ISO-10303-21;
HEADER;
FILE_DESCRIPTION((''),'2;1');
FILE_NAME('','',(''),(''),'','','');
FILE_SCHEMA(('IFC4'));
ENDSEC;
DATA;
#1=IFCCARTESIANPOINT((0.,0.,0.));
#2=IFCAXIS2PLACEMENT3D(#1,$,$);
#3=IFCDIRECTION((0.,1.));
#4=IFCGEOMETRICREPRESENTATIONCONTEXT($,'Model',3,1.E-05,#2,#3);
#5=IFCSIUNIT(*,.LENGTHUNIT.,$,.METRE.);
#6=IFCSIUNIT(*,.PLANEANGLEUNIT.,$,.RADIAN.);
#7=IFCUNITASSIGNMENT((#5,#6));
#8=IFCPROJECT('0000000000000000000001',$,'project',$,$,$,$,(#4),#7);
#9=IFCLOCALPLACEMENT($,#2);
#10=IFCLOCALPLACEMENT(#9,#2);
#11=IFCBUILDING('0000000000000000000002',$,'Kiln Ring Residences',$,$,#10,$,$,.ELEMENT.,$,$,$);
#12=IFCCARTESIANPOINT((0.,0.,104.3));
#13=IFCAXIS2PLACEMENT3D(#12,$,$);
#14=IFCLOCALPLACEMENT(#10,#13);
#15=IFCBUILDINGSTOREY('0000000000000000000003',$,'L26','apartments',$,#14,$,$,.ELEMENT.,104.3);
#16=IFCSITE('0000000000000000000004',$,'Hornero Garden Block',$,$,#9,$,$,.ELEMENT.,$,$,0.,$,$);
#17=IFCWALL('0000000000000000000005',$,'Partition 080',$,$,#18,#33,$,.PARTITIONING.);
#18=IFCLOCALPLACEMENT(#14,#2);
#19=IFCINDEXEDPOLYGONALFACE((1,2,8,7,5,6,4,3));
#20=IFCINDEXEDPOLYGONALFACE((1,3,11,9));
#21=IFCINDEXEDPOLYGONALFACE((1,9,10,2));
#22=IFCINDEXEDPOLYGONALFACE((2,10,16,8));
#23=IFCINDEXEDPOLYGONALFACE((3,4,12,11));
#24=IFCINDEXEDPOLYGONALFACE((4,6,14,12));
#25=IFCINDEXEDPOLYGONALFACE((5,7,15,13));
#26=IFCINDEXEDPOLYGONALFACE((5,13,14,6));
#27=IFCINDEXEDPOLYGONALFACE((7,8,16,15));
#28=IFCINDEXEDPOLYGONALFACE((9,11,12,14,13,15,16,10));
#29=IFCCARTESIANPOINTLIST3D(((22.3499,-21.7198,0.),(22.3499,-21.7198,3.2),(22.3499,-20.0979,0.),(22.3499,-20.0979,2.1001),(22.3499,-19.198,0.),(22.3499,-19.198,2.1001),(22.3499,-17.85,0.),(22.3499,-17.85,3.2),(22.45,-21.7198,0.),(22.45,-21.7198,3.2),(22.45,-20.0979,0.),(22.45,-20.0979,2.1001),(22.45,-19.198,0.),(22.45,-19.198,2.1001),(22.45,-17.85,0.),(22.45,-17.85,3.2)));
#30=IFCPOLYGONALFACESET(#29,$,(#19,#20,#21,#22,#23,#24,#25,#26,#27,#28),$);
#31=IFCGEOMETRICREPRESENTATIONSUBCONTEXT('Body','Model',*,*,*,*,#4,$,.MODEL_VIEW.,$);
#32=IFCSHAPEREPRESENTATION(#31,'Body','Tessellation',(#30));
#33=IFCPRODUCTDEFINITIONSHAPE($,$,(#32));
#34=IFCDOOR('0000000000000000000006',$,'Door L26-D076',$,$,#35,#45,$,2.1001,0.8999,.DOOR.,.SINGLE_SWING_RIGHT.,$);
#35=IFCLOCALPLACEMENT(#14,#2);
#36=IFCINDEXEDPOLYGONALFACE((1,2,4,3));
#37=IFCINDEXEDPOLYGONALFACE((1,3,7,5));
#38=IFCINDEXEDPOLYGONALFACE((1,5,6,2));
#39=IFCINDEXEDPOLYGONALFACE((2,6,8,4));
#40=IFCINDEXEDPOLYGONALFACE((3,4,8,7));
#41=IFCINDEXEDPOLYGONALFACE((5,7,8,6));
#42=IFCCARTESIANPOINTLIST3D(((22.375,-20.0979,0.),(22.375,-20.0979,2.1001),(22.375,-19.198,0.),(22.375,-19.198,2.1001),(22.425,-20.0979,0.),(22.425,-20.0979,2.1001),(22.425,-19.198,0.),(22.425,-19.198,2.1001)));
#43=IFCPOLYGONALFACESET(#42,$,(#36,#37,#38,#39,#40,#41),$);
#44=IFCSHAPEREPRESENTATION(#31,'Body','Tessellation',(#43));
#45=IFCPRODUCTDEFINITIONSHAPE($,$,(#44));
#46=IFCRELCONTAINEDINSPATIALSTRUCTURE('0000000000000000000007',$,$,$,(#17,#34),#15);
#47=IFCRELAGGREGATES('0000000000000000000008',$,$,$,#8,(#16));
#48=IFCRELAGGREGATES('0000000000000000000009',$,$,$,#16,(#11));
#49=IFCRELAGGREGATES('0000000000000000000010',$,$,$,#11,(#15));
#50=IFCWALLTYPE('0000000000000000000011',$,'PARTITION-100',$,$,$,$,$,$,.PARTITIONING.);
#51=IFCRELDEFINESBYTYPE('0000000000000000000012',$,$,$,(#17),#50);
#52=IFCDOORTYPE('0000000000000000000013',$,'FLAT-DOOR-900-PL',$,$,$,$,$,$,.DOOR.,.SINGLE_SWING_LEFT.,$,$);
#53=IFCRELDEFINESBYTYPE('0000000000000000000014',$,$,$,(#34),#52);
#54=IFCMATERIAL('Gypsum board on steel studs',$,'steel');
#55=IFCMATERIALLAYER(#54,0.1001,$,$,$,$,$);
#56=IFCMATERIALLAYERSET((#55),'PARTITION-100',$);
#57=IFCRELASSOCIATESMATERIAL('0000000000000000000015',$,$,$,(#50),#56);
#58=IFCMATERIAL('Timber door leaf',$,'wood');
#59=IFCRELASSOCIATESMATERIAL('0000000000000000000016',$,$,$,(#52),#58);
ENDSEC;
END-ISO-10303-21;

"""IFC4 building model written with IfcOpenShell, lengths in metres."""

from ifc_helpers import new_model, si_unit, direction, frame, frame_2d, origin, place, context, subcontext, project, spatial, rectangle, extrude, material, layer, layer_set, type_object, element, fill, save


model = new_model("IFC4")

# Units and contexts
model_context = context("Model", 3, precision=1e-05, world=origin(), true_north=direction((0.0, 1.0)))
body_context = subcontext(model_context, "Body", "Model", "MODEL_VIEW")
ifc_project = project(units=[si_unit("LENGTHUNIT", "METRE"), si_unit("PLANEANGLEUNIT", "RADIAN")], contexts=[model_context])

# Site, building, storey
site_placement = place(None, origin())
site = spatial("IfcSite", under=ifc_project, at=site_placement, Name="Hornero Garden Block", CompositionType="ELEMENT", RefElevation=0.0)
building_placement = place(site_placement, origin())
building = spatial("IfcBuilding", under=site, at=building_placement, Name="Kiln Ring Residences", CompositionType="ELEMENT")
storey_placement = place(building_placement, frame((0.0, 0.0, 104.3)))
storey = spatial("IfcBuildingStorey", under=building, at=storey_placement, Name="L26", Description="apartments", CompositionType="ELEMENT", Elevation=104.3)

# Wall, opening, door
ifc_material_1 = material(Name="Gypsum board on steel studs", Category="steel")
ifc_layer_1 = layer(ifc_material_1, 0.1001)
ifc_layer_set_1 = layer_set([ifc_layer_1], Name="PARTITION-100")
wall_type_1 = type_object("IfcWallType", Name="PARTITION-100", PredefinedType="PARTITIONING", material=ifc_layer_set_1)
wall_1_placement = place(storey_placement, frame((22.3999, -21.72, 0.0), z_axis=(0.0, 0.0, 1.0), x_axis=(0.0, 1.0, 0.0)))
wall_1 = element("IfcWall", 1, at=wall_1_placement, inside=storey, type_object=wall_type_1, Name="Partition 080", PredefinedType="PARTITIONING", context=body_context, shape_type="SweptSolid", body=[
    extrude(rectangle(XDim=3.8699, YDim=0.1001, at=frame_2d((1.9351, 0.0))), origin(), (0.0, 0.0, 1.0), 3.2),
])
opening_1_placement = place(wall_1_placement, frame((1.6221, 0.0, 0.0)))
opening_1 = element("IfcOpeningElement", 2, at=opening_1_placement, cuts=wall_1, PredefinedType="OPENING", context=body_context, shape_type="SweptSolid", body=[
    extrude(rectangle(XDim=0.8999, YDim=2.1001, at=frame_2d((0.45, 1.05))), frame((0.0, 0.0601, 0.0), z_axis=(0.0, -1.0, 0.0), x_axis=(1.0, 0.0, 0.0)), (0.0, 0.0, 1.0), 0.1201),
])
ifc_material_2 = material(Name="Timber door leaf", Category="wood")
door_type = type_object("IfcDoorType", Name="FLAT-DOOR-900-PL", OperationType="SINGLE_SWING_LEFT", PredefinedType="DOOR", material=ifc_material_2)
door_placement = place(opening_1_placement, origin())
door = element("IfcDoor", 3, at=door_placement, inside=storey, type_object=door_type, Name="Door L26-D076", OperationType="SINGLE_SWING_RIGHT", OverallHeight=2.1001, OverallWidth=0.8999, PredefinedType="DOOR", context=body_context, shape_type="SweptSolid", body=[
    extrude(rectangle(XDim=0.8999, YDim=2.1001, at=frame_2d((0.45, 1.05))), frame((0.0, 0.0249, 0.0), z_axis=(0.0, -1.0, 0.0), x_axis=(1.0, 0.0, 0.0)), (0.0, 0.0, 1.0), 0.05),
])
fill(opening_1, door)

save(model, "model.ifc")
